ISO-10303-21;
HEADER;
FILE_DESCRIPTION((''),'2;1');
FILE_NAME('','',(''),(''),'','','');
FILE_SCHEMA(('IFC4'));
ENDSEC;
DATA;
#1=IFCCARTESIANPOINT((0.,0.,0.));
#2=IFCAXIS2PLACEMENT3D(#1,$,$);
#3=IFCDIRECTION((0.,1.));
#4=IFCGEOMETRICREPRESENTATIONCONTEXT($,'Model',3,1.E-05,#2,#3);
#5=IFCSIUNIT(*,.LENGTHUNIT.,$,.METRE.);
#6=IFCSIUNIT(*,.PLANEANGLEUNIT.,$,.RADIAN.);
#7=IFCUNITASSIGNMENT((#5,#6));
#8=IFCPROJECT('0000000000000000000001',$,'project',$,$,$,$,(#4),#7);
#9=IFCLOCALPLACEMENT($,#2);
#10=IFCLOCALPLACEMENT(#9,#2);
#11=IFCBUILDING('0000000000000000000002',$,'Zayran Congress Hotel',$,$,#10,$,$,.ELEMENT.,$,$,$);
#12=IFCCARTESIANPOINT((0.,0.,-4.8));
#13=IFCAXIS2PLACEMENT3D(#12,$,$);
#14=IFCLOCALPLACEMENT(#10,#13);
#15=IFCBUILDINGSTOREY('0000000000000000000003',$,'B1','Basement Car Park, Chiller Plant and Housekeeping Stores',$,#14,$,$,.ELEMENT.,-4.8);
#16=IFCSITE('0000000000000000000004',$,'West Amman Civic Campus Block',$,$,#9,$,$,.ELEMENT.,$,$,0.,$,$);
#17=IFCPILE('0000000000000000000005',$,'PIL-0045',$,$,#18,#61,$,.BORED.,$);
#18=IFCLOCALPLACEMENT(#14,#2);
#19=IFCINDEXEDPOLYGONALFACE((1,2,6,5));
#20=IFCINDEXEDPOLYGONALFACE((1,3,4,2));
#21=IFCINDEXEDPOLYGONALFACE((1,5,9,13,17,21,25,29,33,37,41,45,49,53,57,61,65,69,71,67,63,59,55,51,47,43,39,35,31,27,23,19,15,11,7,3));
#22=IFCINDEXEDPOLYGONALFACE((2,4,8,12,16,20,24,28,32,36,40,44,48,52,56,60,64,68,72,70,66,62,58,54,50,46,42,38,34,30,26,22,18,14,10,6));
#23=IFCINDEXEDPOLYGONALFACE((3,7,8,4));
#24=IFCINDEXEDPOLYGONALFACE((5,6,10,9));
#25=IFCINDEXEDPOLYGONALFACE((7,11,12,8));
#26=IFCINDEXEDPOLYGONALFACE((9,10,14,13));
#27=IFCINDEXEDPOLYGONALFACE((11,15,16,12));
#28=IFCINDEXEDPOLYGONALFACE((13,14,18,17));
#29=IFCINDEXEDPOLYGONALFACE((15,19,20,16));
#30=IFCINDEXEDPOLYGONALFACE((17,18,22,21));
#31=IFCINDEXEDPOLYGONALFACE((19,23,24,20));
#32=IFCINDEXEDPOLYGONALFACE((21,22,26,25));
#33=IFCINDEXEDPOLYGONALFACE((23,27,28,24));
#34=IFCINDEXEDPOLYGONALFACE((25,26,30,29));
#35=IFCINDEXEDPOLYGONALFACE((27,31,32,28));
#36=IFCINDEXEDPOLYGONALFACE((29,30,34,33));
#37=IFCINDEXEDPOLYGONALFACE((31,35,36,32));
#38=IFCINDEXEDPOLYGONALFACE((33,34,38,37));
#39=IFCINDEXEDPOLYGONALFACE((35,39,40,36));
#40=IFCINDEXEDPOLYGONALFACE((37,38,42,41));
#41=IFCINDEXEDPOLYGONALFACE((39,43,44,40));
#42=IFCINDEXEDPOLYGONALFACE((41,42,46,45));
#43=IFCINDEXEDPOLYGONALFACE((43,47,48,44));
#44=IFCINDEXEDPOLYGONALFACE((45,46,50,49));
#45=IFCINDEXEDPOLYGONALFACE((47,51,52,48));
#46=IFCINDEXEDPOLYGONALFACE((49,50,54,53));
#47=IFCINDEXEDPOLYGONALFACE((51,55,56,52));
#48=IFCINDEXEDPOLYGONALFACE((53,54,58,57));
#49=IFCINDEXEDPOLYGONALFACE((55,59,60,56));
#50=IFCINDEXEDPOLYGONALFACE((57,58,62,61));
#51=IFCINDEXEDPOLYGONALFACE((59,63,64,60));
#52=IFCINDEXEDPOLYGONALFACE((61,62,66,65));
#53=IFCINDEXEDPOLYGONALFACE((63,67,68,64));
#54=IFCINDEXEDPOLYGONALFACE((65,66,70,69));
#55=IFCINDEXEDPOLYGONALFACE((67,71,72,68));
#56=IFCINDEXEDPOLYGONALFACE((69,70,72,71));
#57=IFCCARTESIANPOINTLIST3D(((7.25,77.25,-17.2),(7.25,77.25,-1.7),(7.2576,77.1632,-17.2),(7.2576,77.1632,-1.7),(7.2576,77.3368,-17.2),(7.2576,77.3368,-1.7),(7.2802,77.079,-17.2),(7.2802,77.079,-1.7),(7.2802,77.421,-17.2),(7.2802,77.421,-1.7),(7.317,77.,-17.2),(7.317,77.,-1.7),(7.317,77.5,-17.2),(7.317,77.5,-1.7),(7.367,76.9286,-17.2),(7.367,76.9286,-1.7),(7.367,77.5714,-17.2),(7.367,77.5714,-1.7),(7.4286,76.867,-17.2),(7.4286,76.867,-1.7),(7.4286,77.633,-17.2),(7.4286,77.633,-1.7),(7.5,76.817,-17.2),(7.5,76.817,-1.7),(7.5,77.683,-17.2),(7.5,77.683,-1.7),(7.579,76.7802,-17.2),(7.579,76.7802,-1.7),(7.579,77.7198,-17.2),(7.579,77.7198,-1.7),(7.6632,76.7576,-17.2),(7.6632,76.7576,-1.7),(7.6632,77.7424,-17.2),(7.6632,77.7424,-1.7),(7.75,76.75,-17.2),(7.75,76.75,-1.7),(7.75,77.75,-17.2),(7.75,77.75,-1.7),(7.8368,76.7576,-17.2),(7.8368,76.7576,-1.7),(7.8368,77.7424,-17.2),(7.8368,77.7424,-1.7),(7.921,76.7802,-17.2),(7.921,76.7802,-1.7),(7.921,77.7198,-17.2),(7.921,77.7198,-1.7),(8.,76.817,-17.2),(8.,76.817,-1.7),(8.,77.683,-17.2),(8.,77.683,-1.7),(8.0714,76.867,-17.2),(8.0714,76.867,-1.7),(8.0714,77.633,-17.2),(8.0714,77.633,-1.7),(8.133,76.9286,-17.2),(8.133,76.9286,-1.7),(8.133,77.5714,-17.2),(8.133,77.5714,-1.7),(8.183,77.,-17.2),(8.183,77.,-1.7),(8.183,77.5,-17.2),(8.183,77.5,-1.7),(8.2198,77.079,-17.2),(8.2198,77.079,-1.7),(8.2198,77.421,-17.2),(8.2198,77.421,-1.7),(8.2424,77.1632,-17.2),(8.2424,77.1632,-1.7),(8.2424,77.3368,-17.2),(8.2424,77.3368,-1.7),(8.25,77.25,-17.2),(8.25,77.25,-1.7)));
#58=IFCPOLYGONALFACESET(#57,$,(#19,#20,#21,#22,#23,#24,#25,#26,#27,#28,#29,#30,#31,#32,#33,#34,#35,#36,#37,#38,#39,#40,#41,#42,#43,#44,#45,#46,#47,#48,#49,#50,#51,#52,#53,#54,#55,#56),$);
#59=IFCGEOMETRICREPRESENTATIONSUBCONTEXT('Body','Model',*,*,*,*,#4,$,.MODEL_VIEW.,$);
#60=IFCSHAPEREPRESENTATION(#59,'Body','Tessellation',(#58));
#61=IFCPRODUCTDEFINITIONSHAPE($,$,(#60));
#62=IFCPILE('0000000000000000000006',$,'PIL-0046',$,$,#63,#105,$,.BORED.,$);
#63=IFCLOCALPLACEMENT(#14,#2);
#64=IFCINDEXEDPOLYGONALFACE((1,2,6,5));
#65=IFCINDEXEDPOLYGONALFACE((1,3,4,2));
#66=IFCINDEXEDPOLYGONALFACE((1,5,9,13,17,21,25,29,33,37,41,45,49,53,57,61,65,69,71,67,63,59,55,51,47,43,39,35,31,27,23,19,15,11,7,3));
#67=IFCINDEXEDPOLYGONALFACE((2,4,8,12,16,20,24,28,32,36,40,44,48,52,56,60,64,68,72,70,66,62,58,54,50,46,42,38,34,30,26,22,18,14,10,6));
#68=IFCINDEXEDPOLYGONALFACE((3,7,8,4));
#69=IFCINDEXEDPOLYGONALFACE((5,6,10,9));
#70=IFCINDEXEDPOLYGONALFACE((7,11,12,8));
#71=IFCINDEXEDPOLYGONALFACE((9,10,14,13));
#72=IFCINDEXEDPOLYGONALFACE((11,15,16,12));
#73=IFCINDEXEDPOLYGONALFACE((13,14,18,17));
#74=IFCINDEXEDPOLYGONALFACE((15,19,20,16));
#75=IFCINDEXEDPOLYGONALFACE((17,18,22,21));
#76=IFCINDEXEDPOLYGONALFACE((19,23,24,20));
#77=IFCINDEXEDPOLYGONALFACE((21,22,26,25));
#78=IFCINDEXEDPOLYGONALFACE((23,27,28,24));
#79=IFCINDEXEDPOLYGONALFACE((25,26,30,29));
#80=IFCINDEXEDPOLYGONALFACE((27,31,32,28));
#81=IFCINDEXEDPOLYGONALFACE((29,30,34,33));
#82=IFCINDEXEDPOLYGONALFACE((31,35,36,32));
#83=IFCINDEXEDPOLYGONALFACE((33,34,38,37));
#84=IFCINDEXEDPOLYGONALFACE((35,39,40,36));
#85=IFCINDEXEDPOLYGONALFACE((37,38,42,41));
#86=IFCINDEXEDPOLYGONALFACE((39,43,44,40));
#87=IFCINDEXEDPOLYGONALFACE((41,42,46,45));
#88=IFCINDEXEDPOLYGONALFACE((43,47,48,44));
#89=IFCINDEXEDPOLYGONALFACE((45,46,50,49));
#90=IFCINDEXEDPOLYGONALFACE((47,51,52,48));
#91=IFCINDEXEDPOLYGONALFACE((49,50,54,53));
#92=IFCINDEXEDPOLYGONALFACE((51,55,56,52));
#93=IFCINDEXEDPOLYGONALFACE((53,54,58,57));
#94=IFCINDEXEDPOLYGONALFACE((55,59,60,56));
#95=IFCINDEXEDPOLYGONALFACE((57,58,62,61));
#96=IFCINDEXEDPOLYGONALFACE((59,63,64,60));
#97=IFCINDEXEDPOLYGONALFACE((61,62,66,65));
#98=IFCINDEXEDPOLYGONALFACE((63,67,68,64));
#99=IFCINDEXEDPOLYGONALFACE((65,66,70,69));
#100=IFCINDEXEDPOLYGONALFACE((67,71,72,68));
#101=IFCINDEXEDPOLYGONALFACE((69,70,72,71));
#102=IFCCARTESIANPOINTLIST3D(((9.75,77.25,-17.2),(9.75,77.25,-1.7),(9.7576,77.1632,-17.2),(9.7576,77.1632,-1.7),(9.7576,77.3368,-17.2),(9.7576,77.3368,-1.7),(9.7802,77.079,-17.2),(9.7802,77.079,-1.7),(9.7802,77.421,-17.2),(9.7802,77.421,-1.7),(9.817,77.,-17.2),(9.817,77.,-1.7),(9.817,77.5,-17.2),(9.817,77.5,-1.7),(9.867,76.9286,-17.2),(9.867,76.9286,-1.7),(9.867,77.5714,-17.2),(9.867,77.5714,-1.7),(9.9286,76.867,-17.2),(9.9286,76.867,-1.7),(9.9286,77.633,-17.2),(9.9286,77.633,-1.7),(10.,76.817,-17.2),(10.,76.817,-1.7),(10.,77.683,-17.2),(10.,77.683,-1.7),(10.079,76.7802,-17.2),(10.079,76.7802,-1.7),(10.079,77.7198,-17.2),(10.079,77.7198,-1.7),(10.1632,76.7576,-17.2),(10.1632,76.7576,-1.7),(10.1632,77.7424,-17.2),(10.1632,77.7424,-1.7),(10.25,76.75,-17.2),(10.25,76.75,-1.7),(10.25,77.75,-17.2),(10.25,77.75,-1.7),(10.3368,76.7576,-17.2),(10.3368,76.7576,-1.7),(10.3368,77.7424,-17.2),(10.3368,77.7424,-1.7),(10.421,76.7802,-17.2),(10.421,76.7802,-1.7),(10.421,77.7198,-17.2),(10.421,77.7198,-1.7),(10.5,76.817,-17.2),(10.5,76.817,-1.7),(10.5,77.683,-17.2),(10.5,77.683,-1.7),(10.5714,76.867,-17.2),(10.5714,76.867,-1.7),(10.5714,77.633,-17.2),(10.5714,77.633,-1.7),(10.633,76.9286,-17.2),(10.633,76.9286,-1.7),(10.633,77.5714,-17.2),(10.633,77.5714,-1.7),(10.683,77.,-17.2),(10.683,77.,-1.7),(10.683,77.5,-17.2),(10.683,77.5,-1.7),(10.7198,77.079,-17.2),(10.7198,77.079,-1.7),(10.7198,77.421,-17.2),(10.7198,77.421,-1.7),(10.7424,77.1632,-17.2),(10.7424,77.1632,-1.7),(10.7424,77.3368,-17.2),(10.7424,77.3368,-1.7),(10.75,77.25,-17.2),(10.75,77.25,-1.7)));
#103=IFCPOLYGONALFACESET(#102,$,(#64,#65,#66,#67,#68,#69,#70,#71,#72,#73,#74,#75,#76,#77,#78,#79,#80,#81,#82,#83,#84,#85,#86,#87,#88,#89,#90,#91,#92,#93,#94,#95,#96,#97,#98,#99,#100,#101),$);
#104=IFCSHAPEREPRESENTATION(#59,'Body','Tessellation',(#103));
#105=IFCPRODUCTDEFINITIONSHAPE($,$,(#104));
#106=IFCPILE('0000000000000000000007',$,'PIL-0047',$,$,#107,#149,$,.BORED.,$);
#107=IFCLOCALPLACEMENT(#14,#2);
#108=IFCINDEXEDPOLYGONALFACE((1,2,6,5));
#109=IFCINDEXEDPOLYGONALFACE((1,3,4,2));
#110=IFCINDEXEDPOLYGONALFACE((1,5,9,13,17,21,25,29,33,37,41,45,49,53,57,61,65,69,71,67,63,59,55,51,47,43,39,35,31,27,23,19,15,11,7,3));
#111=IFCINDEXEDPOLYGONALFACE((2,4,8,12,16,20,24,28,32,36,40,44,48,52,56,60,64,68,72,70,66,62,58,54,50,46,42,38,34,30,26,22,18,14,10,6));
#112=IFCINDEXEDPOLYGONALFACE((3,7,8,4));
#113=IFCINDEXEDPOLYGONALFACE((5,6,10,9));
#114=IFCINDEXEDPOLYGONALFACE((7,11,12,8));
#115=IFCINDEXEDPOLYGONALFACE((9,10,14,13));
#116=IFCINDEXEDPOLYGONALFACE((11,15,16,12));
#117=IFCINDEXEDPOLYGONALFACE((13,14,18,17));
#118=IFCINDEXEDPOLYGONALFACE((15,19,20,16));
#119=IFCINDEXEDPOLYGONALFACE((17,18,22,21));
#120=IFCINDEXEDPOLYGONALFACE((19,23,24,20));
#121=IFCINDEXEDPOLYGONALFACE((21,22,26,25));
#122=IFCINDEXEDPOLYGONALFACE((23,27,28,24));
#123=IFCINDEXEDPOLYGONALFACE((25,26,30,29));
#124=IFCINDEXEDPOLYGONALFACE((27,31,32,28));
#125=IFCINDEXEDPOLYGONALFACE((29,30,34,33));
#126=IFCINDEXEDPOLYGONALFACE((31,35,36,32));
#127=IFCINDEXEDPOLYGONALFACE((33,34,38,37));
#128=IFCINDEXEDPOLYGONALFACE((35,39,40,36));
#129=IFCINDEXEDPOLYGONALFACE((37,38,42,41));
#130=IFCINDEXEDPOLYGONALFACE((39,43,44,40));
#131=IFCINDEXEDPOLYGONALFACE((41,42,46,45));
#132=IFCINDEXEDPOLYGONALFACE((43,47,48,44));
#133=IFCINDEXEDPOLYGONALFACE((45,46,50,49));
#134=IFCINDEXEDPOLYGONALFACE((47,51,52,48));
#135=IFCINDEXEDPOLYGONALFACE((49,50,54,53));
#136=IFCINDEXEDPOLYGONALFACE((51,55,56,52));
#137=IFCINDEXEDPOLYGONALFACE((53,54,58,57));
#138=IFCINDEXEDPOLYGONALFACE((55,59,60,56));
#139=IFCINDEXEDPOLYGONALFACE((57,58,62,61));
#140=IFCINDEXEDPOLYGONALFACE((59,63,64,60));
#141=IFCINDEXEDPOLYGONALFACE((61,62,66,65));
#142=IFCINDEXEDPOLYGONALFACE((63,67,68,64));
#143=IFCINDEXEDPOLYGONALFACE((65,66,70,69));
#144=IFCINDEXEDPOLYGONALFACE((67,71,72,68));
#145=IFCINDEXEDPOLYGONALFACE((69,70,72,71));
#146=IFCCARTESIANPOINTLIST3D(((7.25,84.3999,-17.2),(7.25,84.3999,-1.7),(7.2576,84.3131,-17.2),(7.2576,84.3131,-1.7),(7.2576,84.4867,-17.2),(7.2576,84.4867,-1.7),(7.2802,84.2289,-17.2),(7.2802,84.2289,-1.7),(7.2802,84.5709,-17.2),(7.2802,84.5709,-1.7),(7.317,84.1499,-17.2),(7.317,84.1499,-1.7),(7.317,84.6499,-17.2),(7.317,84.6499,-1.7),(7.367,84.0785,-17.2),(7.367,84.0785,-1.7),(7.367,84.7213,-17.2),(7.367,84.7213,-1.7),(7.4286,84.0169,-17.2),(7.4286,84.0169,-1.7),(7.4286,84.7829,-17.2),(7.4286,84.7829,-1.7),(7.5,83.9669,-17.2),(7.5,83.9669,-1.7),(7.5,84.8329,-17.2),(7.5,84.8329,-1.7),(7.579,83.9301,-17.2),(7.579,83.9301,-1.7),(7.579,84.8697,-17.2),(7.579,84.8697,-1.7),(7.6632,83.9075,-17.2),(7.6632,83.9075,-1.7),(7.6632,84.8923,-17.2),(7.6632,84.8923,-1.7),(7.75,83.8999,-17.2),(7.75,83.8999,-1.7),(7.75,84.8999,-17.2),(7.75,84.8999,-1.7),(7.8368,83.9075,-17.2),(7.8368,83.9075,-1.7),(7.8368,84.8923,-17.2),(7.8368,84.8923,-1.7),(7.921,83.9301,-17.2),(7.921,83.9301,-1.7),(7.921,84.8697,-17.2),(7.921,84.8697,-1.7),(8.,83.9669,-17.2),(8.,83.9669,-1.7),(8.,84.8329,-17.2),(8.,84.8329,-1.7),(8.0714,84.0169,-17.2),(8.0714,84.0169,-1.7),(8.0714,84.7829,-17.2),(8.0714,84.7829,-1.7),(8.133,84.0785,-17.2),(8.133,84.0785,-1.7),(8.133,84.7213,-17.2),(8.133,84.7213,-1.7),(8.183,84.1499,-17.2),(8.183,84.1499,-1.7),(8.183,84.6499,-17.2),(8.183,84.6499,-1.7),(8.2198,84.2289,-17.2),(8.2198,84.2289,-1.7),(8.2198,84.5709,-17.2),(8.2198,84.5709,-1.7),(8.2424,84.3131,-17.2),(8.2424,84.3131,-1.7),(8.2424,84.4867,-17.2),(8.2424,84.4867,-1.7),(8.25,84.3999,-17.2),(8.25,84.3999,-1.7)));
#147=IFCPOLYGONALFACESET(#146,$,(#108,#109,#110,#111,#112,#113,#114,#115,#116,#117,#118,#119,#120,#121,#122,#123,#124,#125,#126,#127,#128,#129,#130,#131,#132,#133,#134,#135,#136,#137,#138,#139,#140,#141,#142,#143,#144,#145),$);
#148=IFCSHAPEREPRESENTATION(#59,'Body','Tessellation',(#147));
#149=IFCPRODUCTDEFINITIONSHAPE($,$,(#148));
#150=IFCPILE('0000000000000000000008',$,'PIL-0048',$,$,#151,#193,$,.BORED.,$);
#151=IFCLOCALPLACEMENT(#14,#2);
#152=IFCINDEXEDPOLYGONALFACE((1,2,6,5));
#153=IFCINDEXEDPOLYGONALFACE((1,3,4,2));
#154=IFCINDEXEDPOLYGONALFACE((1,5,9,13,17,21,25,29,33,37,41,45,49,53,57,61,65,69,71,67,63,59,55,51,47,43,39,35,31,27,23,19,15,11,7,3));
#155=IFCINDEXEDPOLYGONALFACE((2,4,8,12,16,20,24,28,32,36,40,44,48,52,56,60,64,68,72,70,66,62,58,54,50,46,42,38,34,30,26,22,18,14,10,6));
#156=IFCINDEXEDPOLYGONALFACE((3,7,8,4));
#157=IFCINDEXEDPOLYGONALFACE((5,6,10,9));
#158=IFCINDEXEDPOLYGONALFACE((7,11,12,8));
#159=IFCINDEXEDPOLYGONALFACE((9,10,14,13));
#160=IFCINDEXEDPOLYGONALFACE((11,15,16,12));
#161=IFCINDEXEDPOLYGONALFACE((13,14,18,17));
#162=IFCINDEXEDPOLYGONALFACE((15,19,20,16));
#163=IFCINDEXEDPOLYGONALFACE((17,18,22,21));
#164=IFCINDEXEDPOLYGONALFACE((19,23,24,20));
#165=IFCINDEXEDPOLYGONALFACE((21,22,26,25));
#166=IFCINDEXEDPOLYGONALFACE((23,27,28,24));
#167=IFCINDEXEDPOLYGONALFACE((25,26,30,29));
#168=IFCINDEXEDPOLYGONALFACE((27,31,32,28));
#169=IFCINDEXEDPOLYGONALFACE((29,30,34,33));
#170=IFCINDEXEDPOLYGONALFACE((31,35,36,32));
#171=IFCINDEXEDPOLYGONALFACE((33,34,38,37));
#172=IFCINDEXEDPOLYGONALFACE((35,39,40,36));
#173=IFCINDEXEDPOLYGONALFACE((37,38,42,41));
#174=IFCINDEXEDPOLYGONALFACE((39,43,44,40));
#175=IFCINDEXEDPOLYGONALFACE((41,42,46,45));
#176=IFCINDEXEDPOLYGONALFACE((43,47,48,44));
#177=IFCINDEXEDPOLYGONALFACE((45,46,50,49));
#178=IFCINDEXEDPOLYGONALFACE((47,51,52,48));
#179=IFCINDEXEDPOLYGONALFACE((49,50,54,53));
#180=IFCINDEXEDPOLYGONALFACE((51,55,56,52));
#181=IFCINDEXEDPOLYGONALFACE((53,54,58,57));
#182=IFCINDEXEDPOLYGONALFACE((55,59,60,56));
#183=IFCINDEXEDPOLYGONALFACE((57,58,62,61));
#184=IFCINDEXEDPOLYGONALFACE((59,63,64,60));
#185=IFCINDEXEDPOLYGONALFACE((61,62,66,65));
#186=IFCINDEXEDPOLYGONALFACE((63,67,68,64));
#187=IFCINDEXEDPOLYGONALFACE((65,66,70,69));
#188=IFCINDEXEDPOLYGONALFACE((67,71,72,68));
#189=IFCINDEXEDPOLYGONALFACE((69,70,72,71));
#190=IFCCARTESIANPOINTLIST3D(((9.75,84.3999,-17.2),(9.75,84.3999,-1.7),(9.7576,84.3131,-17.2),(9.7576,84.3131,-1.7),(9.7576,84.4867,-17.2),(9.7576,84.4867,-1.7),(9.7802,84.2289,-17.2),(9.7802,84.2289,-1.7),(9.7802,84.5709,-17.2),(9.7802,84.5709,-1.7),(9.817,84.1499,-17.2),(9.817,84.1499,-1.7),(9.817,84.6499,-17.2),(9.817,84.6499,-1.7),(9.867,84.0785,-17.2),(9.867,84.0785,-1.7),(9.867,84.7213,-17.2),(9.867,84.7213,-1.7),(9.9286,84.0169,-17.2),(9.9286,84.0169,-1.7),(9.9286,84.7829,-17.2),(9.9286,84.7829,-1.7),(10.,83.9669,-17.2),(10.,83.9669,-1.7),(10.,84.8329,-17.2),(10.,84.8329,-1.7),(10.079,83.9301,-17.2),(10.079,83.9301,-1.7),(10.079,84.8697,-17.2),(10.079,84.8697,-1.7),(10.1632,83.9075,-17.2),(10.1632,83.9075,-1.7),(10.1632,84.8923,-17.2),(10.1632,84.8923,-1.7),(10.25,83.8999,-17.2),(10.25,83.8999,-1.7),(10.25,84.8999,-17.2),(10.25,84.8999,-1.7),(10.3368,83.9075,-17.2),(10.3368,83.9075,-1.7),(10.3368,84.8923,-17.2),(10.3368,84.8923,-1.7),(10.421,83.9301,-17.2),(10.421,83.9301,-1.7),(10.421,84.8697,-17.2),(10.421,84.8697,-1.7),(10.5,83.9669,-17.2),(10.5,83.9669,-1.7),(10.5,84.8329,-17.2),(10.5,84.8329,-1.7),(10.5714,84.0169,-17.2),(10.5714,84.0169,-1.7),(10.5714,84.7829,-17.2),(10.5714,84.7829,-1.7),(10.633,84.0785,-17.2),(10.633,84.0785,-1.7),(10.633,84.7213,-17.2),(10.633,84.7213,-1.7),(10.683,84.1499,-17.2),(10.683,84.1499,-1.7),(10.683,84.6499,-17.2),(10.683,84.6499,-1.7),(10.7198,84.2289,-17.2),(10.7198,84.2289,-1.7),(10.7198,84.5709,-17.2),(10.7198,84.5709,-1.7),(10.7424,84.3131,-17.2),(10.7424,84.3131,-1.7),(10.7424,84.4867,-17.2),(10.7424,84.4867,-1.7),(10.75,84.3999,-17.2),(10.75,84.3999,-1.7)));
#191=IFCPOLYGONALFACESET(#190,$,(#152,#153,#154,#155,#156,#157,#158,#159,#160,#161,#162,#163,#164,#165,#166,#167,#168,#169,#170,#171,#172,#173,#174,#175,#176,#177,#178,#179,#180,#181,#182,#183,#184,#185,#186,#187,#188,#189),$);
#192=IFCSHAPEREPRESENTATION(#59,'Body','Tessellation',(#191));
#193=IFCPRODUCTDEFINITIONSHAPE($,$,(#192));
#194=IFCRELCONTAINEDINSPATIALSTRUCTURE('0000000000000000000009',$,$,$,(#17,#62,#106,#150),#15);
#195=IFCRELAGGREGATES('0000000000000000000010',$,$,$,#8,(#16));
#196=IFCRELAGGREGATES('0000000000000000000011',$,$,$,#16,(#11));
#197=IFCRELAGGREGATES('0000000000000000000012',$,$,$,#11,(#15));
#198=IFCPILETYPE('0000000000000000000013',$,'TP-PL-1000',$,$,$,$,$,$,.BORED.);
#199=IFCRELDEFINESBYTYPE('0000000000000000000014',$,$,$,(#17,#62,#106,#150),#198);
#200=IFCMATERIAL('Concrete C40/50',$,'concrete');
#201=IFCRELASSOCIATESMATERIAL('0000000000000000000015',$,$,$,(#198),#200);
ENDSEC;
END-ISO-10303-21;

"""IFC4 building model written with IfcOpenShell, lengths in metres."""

from ifc_helpers import new_model, si_unit, direction, frame, origin, origin_2d, place, context, subcontext, project, spatial, circle, extrude, material, material_profile, profile_set, type_object, element, save


model = new_model("IFC4")

# Units and contexts
model_context = context("Model", 3, precision=1e-05, world=origin(), true_north=direction((0.0, 1.0)))
body_context = subcontext(model_context, "Body", "Model", "MODEL_VIEW")
ifc_project = project(units=[si_unit("LENGTHUNIT", "METRE"), si_unit("PLANEANGLEUNIT", "RADIAN")], contexts=[model_context])

# Site, building, storey
site_placement = place(None, origin())
site = spatial("IfcSite", under=ifc_project, at=site_placement, Name="West Amman Civic Campus Block", CompositionType="ELEMENT", RefElevation=0.0)
building_placement = place(site_placement, origin())
building = spatial("IfcBuilding", under=site, at=building_placement, Name="Zayran Congress Hotel", CompositionType="ELEMENT")
storey_placement = place(building_placement, frame((0.0, 0.0, -4.8)))
storey = spatial("IfcBuildingStorey", under=building, at=storey_placement, Name="B1", Description="Basement Car Park, Chiller Plant and Housekeeping Stores", CompositionType="ELEMENT", Elevation=-4.8)

# Piles
ifc_material = material(Name="Concrete C40/50", Category="concrete")
ifc_material_profile_1 = material_profile(ifc_material, circle(Radius=0.5, at=origin_2d()), Name="PILE D1000")
ifc_profile_set_1 = profile_set([ifc_material_profile_1], Name="Concrete C40/50")
pile_type = type_object("IfcPileType", Name="TP-PL-1000", PredefinedType="BORED", material=ifc_profile_set_1)
for number, where, z_axis, x_axis, name in (
    (1, (7.75, 77.25, -1.7), (0.0, 0.0, -1.0), (1.0, 0.0, 0.0), "PIL-0045"),
    (2, (10.25, 77.25, -1.7), (0.0, 0.0, -1.0), (1.0, 0.0, 0.0), "PIL-0046"),
    (3, (7.75, 84.3999, -1.7), (0.0, 0.0, -1.0), (1.0, 0.0, 0.0), "PIL-0047"),
    (4, (10.25, 84.3999, -1.7), (0.0, 0.0, -1.0), (1.0, 0.0, 0.0), "PIL-0048"),
):
    element("IfcPile", number, at=place(storey_placement, frame(where, z_axis=z_axis, x_axis=x_axis)), inside=storey, type_object=pile_type, Name=name, PredefinedType="BORED", context=body_context, shape_type="SweptSolid", body=[
        extrude(circle(Radius=0.5, at=origin_2d()), origin(), (0.0, 0.0, 1.0), 15.5),
    ])

save(model, "model.ifc")
